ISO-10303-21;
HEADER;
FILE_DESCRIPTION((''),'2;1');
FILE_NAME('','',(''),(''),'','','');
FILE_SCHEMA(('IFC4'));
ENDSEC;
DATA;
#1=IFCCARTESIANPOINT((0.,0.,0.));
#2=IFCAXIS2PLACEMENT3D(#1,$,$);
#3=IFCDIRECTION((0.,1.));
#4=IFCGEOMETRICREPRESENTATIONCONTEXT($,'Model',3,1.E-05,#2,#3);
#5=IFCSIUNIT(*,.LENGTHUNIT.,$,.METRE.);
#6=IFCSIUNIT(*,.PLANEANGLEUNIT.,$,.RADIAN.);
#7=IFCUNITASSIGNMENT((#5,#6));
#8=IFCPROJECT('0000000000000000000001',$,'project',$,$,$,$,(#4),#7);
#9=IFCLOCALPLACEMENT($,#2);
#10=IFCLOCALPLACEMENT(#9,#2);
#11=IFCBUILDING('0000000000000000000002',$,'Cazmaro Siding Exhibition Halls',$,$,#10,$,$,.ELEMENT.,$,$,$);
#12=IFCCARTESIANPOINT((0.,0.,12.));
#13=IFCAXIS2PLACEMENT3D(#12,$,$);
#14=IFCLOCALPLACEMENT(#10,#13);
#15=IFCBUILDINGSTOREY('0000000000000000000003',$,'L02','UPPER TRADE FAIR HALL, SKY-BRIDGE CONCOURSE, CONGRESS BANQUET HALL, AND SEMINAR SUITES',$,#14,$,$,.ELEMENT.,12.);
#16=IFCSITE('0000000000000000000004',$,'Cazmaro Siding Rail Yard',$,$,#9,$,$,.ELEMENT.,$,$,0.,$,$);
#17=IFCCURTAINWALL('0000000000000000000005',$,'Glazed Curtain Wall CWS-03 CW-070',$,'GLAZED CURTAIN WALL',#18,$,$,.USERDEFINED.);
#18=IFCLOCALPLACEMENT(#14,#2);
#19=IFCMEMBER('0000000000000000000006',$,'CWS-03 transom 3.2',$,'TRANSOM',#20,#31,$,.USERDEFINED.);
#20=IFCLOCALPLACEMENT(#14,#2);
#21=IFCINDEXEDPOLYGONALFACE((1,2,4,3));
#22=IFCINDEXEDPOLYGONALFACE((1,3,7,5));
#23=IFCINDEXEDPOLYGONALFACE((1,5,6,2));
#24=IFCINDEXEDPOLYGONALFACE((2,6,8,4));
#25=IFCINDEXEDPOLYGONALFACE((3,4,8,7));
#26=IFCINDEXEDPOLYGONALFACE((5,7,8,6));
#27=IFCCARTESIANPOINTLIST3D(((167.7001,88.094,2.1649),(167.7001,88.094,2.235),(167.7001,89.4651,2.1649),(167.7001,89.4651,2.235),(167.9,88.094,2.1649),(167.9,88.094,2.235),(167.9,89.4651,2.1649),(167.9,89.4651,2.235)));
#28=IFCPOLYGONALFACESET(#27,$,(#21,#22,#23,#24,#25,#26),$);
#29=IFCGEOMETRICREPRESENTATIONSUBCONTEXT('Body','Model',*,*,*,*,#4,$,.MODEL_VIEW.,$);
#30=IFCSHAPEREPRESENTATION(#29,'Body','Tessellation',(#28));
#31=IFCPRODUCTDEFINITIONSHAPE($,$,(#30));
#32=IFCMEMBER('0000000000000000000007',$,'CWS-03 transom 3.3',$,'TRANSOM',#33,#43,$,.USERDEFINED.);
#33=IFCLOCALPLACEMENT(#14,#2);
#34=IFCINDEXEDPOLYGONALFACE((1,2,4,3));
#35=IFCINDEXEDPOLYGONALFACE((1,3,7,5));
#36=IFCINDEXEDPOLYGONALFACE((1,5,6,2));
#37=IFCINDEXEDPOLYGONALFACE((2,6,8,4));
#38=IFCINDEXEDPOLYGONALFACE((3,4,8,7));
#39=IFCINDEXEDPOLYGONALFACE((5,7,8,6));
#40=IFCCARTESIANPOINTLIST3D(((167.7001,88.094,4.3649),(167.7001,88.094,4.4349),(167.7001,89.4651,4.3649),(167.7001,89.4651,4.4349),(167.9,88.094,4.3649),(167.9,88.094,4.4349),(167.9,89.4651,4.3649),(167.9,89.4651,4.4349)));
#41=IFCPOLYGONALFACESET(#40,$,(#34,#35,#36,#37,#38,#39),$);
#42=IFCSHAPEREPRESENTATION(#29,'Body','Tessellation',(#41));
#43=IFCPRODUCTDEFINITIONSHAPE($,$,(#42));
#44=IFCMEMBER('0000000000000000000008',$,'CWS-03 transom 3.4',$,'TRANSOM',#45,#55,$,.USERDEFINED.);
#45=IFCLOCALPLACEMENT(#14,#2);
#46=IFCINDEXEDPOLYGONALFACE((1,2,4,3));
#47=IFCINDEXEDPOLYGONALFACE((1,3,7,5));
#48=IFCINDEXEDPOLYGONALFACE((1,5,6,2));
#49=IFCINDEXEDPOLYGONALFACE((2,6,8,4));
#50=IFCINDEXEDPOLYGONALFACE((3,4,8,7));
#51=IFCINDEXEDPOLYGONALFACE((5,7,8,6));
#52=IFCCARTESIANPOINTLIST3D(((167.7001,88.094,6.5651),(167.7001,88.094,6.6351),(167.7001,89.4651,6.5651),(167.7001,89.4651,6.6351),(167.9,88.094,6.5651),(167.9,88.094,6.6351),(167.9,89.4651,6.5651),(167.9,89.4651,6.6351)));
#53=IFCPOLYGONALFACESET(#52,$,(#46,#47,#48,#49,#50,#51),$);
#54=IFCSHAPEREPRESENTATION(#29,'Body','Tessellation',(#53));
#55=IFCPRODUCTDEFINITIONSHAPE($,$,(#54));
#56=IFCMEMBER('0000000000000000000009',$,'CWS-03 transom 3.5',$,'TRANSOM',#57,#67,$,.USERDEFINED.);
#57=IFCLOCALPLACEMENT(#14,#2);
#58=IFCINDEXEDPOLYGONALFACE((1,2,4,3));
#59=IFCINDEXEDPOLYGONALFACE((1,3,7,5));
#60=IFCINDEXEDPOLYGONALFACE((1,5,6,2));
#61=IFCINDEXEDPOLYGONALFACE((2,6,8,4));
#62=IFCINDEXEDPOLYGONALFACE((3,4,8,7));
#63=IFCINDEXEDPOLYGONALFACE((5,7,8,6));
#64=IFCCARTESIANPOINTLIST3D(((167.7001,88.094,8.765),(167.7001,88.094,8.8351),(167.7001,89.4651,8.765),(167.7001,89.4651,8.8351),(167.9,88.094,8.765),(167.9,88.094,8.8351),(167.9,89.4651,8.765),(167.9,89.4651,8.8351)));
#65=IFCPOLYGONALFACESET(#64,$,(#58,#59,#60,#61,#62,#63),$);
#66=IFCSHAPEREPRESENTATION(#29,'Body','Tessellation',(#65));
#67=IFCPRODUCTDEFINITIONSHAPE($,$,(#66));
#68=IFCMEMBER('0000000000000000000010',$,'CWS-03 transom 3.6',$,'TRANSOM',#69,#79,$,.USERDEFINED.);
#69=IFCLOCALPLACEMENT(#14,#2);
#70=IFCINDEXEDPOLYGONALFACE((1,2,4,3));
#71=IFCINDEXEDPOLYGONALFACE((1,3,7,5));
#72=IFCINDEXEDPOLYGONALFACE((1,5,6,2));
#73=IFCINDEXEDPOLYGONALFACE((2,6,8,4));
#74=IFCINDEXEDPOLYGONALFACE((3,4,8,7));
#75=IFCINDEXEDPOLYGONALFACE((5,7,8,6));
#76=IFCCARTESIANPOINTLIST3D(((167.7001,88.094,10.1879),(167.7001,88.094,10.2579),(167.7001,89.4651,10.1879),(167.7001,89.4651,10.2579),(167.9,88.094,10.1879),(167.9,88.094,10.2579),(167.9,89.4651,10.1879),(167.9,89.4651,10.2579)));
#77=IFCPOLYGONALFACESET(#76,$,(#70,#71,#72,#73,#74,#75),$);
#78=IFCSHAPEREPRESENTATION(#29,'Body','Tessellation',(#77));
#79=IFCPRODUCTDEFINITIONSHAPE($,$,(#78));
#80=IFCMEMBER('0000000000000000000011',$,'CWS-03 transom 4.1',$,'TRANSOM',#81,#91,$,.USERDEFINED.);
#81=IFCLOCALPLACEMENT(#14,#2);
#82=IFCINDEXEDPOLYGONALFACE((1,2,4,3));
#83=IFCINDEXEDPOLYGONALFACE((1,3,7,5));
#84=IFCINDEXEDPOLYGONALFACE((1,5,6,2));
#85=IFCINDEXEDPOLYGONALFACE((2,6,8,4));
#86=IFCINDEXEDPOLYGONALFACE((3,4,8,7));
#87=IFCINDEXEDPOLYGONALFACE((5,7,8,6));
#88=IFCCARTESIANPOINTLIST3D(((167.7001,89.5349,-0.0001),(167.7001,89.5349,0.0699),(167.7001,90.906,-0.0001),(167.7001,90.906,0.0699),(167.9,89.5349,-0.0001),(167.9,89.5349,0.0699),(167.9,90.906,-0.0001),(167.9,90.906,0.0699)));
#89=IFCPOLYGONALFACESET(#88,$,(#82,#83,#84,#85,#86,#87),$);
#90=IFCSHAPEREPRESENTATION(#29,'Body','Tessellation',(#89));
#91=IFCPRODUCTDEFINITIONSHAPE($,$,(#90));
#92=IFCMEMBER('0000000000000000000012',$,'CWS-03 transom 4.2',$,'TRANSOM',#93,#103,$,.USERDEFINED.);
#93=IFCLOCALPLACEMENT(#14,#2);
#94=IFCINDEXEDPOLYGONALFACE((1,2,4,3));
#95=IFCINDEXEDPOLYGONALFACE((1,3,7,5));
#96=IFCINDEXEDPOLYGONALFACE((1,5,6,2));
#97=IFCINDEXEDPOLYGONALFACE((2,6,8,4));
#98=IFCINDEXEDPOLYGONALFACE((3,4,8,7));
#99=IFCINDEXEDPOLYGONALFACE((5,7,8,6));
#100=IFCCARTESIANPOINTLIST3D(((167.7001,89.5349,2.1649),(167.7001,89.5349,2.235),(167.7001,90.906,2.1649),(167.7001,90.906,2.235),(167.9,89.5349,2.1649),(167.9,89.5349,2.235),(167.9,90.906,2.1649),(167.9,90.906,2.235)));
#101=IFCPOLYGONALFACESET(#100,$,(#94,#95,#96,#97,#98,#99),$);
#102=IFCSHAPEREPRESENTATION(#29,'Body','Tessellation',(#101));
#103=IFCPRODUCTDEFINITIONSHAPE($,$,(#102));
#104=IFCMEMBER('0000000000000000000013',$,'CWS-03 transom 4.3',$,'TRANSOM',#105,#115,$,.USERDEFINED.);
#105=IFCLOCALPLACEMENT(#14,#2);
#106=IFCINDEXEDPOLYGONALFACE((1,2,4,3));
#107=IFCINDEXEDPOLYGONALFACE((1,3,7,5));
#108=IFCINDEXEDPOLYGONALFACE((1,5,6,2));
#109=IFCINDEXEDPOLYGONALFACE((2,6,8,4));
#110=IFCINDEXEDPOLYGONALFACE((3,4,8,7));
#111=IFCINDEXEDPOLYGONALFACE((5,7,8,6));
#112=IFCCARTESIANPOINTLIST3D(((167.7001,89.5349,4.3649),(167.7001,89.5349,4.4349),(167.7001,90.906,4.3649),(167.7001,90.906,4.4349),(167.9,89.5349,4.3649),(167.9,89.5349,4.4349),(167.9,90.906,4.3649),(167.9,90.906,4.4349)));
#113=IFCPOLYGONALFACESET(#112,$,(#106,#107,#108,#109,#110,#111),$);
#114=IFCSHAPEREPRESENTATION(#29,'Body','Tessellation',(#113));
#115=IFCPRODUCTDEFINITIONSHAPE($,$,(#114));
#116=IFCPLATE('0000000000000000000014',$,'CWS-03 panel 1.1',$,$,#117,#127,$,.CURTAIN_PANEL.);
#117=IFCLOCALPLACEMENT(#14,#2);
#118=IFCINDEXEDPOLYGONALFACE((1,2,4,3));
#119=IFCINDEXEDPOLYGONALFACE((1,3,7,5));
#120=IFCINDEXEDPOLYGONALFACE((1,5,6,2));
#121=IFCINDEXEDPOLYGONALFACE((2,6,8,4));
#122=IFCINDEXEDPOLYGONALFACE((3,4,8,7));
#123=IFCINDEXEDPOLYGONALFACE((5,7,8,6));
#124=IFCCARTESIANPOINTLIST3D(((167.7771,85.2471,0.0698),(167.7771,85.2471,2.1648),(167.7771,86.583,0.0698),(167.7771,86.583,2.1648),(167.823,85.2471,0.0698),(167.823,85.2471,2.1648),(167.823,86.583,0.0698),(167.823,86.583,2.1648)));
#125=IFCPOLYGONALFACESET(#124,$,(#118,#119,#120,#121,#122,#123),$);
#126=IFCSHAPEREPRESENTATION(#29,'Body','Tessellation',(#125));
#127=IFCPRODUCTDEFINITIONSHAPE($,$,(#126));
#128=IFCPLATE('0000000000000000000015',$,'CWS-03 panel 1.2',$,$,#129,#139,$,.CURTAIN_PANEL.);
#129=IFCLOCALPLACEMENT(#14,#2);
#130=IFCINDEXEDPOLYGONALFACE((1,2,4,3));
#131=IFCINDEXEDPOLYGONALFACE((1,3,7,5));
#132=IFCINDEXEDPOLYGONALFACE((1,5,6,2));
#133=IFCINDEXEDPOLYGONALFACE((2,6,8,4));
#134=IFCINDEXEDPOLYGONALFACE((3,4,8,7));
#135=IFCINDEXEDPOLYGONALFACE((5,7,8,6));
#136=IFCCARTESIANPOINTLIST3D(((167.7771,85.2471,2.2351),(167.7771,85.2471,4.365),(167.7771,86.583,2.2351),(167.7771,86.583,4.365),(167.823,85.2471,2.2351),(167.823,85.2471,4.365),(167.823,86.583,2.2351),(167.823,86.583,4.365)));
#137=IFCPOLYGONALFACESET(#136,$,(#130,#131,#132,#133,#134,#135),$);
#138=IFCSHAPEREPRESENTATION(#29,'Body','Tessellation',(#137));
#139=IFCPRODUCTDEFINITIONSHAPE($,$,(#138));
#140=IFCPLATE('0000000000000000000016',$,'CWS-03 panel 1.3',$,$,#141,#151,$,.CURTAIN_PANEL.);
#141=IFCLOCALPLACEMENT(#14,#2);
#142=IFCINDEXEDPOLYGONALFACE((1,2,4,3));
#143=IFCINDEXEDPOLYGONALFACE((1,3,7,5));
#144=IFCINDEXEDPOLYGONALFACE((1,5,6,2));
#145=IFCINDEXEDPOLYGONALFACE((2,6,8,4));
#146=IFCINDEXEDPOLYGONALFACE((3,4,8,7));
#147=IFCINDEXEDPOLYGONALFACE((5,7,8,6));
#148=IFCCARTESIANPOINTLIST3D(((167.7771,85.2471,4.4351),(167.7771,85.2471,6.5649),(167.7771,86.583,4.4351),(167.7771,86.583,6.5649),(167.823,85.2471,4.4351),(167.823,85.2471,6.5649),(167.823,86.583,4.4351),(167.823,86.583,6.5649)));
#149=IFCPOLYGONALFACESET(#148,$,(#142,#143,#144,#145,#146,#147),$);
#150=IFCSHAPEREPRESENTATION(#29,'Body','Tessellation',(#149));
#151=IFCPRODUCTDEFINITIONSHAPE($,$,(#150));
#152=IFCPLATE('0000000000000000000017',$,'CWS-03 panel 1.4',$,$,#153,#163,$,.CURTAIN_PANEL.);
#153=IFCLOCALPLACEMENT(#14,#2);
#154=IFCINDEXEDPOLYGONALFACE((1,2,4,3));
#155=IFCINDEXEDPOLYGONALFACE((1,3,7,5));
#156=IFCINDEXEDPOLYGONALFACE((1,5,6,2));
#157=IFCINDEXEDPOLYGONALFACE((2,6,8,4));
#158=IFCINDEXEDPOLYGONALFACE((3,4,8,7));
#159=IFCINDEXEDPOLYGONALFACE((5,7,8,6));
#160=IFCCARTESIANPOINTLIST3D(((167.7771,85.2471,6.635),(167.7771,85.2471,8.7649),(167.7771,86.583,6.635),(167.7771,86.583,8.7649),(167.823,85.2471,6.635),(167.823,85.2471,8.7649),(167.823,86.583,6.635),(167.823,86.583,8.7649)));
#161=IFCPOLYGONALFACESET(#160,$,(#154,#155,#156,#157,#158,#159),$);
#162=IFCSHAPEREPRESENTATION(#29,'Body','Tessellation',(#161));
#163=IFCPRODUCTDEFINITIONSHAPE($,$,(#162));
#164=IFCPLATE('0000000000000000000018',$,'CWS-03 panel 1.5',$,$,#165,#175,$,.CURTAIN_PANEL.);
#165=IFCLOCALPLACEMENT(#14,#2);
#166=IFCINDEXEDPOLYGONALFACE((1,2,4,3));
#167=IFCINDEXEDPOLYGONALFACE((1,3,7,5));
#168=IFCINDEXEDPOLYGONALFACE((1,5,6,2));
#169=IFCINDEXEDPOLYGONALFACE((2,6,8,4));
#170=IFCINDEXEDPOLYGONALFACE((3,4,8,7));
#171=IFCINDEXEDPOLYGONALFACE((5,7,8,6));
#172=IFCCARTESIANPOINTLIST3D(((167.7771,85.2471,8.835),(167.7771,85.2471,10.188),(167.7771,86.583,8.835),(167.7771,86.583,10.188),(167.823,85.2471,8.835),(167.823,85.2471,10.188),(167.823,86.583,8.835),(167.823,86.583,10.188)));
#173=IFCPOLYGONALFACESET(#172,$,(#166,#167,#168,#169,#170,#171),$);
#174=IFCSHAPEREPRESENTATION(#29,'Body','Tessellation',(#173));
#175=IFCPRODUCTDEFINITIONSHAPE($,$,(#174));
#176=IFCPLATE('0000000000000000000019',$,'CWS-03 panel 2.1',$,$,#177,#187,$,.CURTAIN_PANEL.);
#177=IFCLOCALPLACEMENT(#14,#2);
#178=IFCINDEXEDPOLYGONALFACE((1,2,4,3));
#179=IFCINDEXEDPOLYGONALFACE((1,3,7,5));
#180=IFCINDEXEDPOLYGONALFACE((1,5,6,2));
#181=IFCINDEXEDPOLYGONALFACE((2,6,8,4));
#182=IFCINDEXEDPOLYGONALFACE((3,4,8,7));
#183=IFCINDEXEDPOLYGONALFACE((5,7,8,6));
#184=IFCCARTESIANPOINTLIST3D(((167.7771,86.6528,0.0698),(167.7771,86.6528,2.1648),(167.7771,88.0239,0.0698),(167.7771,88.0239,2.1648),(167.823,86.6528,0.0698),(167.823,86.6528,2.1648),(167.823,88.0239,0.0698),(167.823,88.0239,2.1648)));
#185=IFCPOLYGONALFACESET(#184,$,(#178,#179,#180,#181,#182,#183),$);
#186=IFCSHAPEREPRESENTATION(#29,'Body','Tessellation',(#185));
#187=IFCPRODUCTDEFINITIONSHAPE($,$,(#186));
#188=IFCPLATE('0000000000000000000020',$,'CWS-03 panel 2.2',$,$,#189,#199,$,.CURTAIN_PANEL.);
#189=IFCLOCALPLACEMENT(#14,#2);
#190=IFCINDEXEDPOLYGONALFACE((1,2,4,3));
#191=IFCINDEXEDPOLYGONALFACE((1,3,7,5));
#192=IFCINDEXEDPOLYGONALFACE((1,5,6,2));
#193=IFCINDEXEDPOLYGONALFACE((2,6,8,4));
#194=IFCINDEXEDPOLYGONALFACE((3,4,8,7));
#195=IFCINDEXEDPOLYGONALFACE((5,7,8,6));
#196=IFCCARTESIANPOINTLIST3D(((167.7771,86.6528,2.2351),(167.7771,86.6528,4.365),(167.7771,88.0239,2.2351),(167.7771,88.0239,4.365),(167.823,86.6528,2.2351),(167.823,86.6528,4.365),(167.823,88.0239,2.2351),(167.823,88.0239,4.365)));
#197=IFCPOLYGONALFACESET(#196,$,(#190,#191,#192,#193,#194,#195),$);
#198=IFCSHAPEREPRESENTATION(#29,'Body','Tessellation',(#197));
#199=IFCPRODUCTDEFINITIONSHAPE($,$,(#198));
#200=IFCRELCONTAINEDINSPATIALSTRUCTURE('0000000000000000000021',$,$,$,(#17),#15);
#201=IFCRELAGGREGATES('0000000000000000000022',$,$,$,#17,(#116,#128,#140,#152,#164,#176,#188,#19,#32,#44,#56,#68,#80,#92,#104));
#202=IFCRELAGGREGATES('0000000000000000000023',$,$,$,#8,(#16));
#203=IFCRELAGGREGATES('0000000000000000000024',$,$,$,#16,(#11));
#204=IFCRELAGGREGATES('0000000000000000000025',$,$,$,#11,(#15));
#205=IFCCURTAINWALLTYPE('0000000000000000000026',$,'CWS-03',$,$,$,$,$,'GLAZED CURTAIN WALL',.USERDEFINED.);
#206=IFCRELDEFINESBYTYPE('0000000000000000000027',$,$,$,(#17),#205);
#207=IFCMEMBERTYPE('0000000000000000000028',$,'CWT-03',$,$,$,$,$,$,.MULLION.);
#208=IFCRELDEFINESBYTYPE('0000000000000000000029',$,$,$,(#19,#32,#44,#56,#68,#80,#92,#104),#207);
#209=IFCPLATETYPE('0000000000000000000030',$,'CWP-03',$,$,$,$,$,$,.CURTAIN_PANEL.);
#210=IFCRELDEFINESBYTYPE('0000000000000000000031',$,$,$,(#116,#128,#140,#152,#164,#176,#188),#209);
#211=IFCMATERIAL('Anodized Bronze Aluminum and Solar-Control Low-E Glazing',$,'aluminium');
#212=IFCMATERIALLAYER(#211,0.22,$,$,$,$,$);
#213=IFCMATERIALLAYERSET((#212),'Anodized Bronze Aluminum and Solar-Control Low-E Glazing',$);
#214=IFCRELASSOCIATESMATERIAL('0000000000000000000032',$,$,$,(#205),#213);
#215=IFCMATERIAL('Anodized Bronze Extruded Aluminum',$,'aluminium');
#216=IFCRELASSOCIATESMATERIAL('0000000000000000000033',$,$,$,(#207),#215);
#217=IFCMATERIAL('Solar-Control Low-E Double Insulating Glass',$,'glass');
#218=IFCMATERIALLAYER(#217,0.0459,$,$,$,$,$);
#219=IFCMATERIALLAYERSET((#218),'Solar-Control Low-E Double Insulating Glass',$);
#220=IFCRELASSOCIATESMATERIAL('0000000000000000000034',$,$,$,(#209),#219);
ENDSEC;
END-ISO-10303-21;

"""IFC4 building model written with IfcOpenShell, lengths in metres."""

from ifc_helpers import new_model, si_unit, direction, frame, origin, origin_2d, place, context, subcontext, project, spatial, rectangle, extrude, material, layer, layer_set, material_profile, profile_set, type_object, element, aggregate, save


model = new_model("IFC4")

# Units and contexts
model_context = context("Model", 3, precision=1e-05, world=origin(), true_north=direction((0.0, 1.0)))
body_context = subcontext(model_context, "Body", "Model", "MODEL_VIEW")
ifc_project = project(units=[si_unit("LENGTHUNIT", "METRE"), si_unit("PLANEANGLEUNIT", "RADIAN")], contexts=[model_context])

# Site, building, storey
site_placement = place(None, origin())
site = spatial("IfcSite", under=ifc_project, at=site_placement, Name="Cazmaro Siding Rail Yard", CompositionType="ELEMENT", RefElevation=0.0)
building_placement = place(site_placement, origin())
building = spatial("IfcBuilding", under=site, at=building_placement, Name="Cazmaro Siding Exhibition Halls", CompositionType="ELEMENT")
storey_placement = place(building_placement, frame((0.0, 0.0, 12.0)))
storey = spatial("IfcBuildingStorey", under=building, at=storey_placement, Name="L02", Description="UPPER TRADE FAIR HALL, SKY-BRIDGE CONCOURSE, CONGRESS BANQUET HALL, AND SEMINAR SUITES", CompositionType="ELEMENT", Elevation=12.0)

# Curtain wall, members, plates
ifc_material_1 = material(Name="Anodized Bronze Aluminum and Solar-Control Low-E Glazing", Category="aluminium")
ifc_layer_1 = layer(ifc_material_1, 0.22)
ifc_layer_set_1 = layer_set([ifc_layer_1], Name="Anodized Bronze Aluminum and Solar-Control Low-E Glazing")
curtain_wall_type = type_object("IfcCurtainWallType", Name="CWS-03", ElementType="GLAZED CURTAIN WALL", PredefinedType="USERDEFINED", material=ifc_layer_set_1)
curtain_wall_placement = place(storey_placement, origin())
curtain_wall = element("IfcCurtainWall", 1, at=curtain_wall_placement, inside=storey, type_object=curtain_wall_type, Name="Glazed Curtain Wall CWS-03 CW-070", ObjectType="GLAZED CURTAIN WALL", PredefinedType="USERDEFINED")
ifc_material_2 = material(Name="Anodized Bronze Extruded Aluminum", Category="aluminium")
ifc_material_profile_1 = material_profile(ifc_material_2, rectangle(XDim=0.2, YDim=0.0701, at=origin_2d()), Name="CWT-03")
ifc_profile_set_1 = profile_set([ifc_material_profile_1], Name="Anodized Bronze Extruded Aluminum")
member_type_1 = type_object("IfcMemberType", Name="CWT-03", PredefinedType="MULLION", material=ifc_profile_set_1)
member_1_placement = place(storey_placement, frame((167.8, 88.094, 2.2), z_axis=(0.0, 1.0, 0.0), x_axis=(-1.0, 0.0, 0.0)))
member_1 = element("IfcMember", 2, at=member_1_placement, type_object=member_type_1, Name="CWS-03 transom 3.2", ObjectType="TRANSOM", PredefinedType="USERDEFINED", context=body_context, shape_type="SweptSolid", body=[
    extrude(rectangle(XDim=0.2, YDim=0.0701, at=origin_2d()), origin(), (0.0, 0.0, 1.0), 1.3711),
])
member_2_placement = place(storey_placement, frame((167.8, 88.094, 4.3999), z_axis=(0.0, 1.0, 0.0), x_axis=(-1.0, 0.0, 0.0)))
member_2 = element("IfcMember", 3, at=member_2_placement, type_object=member_type_1, Name="CWS-03 transom 3.3", ObjectType="TRANSOM", PredefinedType="USERDEFINED", context=body_context, shape_type="SweptSolid", body=[
    extrude(rectangle(XDim=0.2, YDim=0.0701, at=origin_2d()), origin(), (0.0, 0.0, 1.0), 1.3711),
])
member_3_placement = place(storey_placement, frame((167.8, 88.094, 6.6001), z_axis=(0.0, 1.0, 0.0), x_axis=(-1.0, 0.0, 0.0)))
member_3 = element("IfcMember", 4, at=member_3_placement, type_object=member_type_1, Name="CWS-03 transom 3.4", ObjectType="TRANSOM", PredefinedType="USERDEFINED", context=body_context, shape_type="SweptSolid", body=[
    extrude(rectangle(XDim=0.2, YDim=0.0701, at=origin_2d()), origin(), (0.0, 0.0, 1.0), 1.3711),
])
member_4_placement = place(storey_placement, frame((167.8, 88.094, 8.8), z_axis=(0.0, 1.0, 0.0), x_axis=(-1.0, 0.0, 0.0)))
member_4 = element("IfcMember", 5, at=member_4_placement, type_object=member_type_1, Name="CWS-03 transom 3.5", ObjectType="TRANSOM", PredefinedType="USERDEFINED", context=body_context, shape_type="SweptSolid", body=[
    extrude(rectangle(XDim=0.2, YDim=0.0701, at=origin_2d()), origin(), (0.0, 0.0, 1.0), 1.3711),
])
member_5_placement = place(storey_placement, frame((167.8, 88.094, 10.2229), z_axis=(0.0, 1.0, 0.0), x_axis=(-1.0, 0.0, 0.0)))
member_5 = element("IfcMember", 6, at=member_5_placement, type_object=member_type_1, Name="CWS-03 transom 3.6", ObjectType="TRANSOM", PredefinedType="USERDEFINED", context=body_context, shape_type="SweptSolid", body=[
    extrude(rectangle(XDim=0.2, YDim=0.0701, at=origin_2d()), origin(), (0.0, 0.0, 1.0), 1.3711),
])
member_6_placement = place(storey_placement, frame((167.8, 89.5349, 0.0349), z_axis=(0.0, 1.0, 0.0), x_axis=(-1.0, 0.0, 0.0)))
member_6 = element("IfcMember", 7, at=member_6_placement, type_object=member_type_1, Name="CWS-03 transom 4.1", ObjectType="TRANSOM", PredefinedType="USERDEFINED", context=body_context, shape_type="SweptSolid", body=[
    extrude(rectangle(XDim=0.2, YDim=0.0701, at=origin_2d()), origin(), (0.0, 0.0, 1.0), 1.3711),
])
member_7_placement = place(storey_placement, frame((167.8, 89.5349, 2.2), z_axis=(0.0, 1.0, 0.0), x_axis=(-1.0, 0.0, 0.0)))
member_7 = element("IfcMember", 8, at=member_7_placement, type_object=member_type_1, Name="CWS-03 transom 4.2", ObjectType="TRANSOM", PredefinedType="USERDEFINED", context=body_context, shape_type="SweptSolid", body=[
    extrude(rectangle(XDim=0.2, YDim=0.0701, at=origin_2d()), origin(), (0.0, 0.0, 1.0), 1.3711),
])
member_8_placement = place(storey_placement, frame((167.8, 89.5349, 4.3999), z_axis=(0.0, 1.0, 0.0), x_axis=(-1.0, 0.0, 0.0)))
member_8 = element("IfcMember", 9, at=member_8_placement, type_object=member_type_1, Name="CWS-03 transom 4.3", ObjectType="TRANSOM", PredefinedType="USERDEFINED", context=body_context, shape_type="SweptSolid", body=[
    extrude(rectangle(XDim=0.2, YDim=0.0701, at=origin_2d()), origin(), (0.0, 0.0, 1.0), 1.3711),
])
ifc_material_3 = material(Name="Solar-Control Low-E Double Insulating Glass", Category="glass")
ifc_layer_2 = layer(ifc_material_3, 0.0459)
ifc_layer_set_2 = layer_set([ifc_layer_2], Name="Solar-Control Low-E Double Insulating Glass")
plate_type = type_object("IfcPlateType", Name="CWP-03", PredefinedType="CURTAIN_PANEL", material=ifc_layer_set_2)
plate_1_placement = place(storey_placement, frame((167.8, 85.915, 0.0698), z_axis=(0.0, 0.0, 1.0), x_axis=(0.0, 1.0, 0.0)))
plate_1 = element("IfcPlate", 10, at=plate_1_placement, type_object=plate_type, Name="CWS-03 panel 1.1", PredefinedType="CURTAIN_PANEL", context=body_context, shape_type="SweptSolid", body=[
    extrude(rectangle(XDim=1.3359, YDim=0.0459, at=origin_2d()), origin(), (0.0, 0.0, 1.0), 2.095),
])
plate_2_placement = place(storey_placement, frame((167.8, 85.915, 2.2351), z_axis=(0.0, 0.0, 1.0), x_axis=(0.0, 1.0, 0.0)))
plate_2 = element("IfcPlate", 11, at=plate_2_placement, type_object=plate_type, Name="CWS-03 panel 1.2", PredefinedType="CURTAIN_PANEL", context=body_context, shape_type="SweptSolid", body=[
    extrude(rectangle(XDim=1.3359, YDim=0.0459, at=origin_2d()), origin(), (0.0, 0.0, 1.0), 2.1299),
])
plate_3_placement = place(storey_placement, frame((167.8, 85.915, 4.4351), z_axis=(0.0, 0.0, 1.0), x_axis=(0.0, 1.0, 0.0)))
plate_3 = element("IfcPlate", 12, at=plate_3_placement, type_object=plate_type, Name="CWS-03 panel 1.3", PredefinedType="CURTAIN_PANEL", context=body_context, shape_type="SweptSolid", body=[
    extrude(rectangle(XDim=1.3359, YDim=0.0459, at=origin_2d()), origin(), (0.0, 0.0, 1.0), 2.1299),
])
plate_4_placement = place(storey_placement, frame((167.8, 85.915, 6.635), z_axis=(0.0, 0.0, 1.0), x_axis=(0.0, 1.0, 0.0)))
plate_4 = element("IfcPlate", 13, at=plate_4_placement, type_object=plate_type, Name="CWS-03 panel 1.4", PredefinedType="CURTAIN_PANEL", context=body_context, shape_type="SweptSolid", body=[
    extrude(rectangle(XDim=1.3359, YDim=0.0459, at=origin_2d()), origin(), (0.0, 0.0, 1.0), 2.1299),
])
plate_5_placement = place(storey_placement, frame((167.8, 85.915, 8.835), z_axis=(0.0, 0.0, 1.0), x_axis=(0.0, 1.0, 0.0)))
plate_5 = element("IfcPlate", 14, at=plate_5_placement, type_object=plate_type, Name="CWS-03 panel 1.5", PredefinedType="CURTAIN_PANEL", context=body_context, shape_type="SweptSolid", body=[
    extrude(rectangle(XDim=1.3359, YDim=0.0459, at=origin_2d()), origin(), (0.0, 0.0, 1.0), 1.353),
])
plate_6_placement = place(storey_placement, frame((167.8, 87.3384, 0.0698), z_axis=(0.0, 0.0, 1.0), x_axis=(0.0, 1.0, 0.0)))
plate_6 = element("IfcPlate", 15, at=plate_6_placement, type_object=plate_type, Name="CWS-03 panel 2.1", PredefinedType="CURTAIN_PANEL", context=body_context, shape_type="SweptSolid", body=[
    extrude(rectangle(XDim=1.3711, YDim=0.0459, at=origin_2d()), origin(), (0.0, 0.0, 1.0), 2.095),
])
plate_7_placement = place(storey_placement, frame((167.8, 87.3384, 2.2351), z_axis=(0.0, 0.0, 1.0), x_axis=(0.0, 1.0, 0.0)))
plate_7 = element("IfcPlate", 16, at=plate_7_placement, type_object=plate_type, Name="CWS-03 panel 2.2", PredefinedType="CURTAIN_PANEL", context=body_context, shape_type="SweptSolid", body=[
    extrude(rectangle(XDim=1.3711, YDim=0.0459, at=origin_2d()), origin(), (0.0, 0.0, 1.0), 2.1299),
])
aggregate(curtain_wall, [plate_1, plate_2, plate_3, plate_4, plate_5, plate_6, plate_7, member_1, member_2, member_3, member_4, member_5, member_6, member_7, member_8])

save(model, "model.ifc")
